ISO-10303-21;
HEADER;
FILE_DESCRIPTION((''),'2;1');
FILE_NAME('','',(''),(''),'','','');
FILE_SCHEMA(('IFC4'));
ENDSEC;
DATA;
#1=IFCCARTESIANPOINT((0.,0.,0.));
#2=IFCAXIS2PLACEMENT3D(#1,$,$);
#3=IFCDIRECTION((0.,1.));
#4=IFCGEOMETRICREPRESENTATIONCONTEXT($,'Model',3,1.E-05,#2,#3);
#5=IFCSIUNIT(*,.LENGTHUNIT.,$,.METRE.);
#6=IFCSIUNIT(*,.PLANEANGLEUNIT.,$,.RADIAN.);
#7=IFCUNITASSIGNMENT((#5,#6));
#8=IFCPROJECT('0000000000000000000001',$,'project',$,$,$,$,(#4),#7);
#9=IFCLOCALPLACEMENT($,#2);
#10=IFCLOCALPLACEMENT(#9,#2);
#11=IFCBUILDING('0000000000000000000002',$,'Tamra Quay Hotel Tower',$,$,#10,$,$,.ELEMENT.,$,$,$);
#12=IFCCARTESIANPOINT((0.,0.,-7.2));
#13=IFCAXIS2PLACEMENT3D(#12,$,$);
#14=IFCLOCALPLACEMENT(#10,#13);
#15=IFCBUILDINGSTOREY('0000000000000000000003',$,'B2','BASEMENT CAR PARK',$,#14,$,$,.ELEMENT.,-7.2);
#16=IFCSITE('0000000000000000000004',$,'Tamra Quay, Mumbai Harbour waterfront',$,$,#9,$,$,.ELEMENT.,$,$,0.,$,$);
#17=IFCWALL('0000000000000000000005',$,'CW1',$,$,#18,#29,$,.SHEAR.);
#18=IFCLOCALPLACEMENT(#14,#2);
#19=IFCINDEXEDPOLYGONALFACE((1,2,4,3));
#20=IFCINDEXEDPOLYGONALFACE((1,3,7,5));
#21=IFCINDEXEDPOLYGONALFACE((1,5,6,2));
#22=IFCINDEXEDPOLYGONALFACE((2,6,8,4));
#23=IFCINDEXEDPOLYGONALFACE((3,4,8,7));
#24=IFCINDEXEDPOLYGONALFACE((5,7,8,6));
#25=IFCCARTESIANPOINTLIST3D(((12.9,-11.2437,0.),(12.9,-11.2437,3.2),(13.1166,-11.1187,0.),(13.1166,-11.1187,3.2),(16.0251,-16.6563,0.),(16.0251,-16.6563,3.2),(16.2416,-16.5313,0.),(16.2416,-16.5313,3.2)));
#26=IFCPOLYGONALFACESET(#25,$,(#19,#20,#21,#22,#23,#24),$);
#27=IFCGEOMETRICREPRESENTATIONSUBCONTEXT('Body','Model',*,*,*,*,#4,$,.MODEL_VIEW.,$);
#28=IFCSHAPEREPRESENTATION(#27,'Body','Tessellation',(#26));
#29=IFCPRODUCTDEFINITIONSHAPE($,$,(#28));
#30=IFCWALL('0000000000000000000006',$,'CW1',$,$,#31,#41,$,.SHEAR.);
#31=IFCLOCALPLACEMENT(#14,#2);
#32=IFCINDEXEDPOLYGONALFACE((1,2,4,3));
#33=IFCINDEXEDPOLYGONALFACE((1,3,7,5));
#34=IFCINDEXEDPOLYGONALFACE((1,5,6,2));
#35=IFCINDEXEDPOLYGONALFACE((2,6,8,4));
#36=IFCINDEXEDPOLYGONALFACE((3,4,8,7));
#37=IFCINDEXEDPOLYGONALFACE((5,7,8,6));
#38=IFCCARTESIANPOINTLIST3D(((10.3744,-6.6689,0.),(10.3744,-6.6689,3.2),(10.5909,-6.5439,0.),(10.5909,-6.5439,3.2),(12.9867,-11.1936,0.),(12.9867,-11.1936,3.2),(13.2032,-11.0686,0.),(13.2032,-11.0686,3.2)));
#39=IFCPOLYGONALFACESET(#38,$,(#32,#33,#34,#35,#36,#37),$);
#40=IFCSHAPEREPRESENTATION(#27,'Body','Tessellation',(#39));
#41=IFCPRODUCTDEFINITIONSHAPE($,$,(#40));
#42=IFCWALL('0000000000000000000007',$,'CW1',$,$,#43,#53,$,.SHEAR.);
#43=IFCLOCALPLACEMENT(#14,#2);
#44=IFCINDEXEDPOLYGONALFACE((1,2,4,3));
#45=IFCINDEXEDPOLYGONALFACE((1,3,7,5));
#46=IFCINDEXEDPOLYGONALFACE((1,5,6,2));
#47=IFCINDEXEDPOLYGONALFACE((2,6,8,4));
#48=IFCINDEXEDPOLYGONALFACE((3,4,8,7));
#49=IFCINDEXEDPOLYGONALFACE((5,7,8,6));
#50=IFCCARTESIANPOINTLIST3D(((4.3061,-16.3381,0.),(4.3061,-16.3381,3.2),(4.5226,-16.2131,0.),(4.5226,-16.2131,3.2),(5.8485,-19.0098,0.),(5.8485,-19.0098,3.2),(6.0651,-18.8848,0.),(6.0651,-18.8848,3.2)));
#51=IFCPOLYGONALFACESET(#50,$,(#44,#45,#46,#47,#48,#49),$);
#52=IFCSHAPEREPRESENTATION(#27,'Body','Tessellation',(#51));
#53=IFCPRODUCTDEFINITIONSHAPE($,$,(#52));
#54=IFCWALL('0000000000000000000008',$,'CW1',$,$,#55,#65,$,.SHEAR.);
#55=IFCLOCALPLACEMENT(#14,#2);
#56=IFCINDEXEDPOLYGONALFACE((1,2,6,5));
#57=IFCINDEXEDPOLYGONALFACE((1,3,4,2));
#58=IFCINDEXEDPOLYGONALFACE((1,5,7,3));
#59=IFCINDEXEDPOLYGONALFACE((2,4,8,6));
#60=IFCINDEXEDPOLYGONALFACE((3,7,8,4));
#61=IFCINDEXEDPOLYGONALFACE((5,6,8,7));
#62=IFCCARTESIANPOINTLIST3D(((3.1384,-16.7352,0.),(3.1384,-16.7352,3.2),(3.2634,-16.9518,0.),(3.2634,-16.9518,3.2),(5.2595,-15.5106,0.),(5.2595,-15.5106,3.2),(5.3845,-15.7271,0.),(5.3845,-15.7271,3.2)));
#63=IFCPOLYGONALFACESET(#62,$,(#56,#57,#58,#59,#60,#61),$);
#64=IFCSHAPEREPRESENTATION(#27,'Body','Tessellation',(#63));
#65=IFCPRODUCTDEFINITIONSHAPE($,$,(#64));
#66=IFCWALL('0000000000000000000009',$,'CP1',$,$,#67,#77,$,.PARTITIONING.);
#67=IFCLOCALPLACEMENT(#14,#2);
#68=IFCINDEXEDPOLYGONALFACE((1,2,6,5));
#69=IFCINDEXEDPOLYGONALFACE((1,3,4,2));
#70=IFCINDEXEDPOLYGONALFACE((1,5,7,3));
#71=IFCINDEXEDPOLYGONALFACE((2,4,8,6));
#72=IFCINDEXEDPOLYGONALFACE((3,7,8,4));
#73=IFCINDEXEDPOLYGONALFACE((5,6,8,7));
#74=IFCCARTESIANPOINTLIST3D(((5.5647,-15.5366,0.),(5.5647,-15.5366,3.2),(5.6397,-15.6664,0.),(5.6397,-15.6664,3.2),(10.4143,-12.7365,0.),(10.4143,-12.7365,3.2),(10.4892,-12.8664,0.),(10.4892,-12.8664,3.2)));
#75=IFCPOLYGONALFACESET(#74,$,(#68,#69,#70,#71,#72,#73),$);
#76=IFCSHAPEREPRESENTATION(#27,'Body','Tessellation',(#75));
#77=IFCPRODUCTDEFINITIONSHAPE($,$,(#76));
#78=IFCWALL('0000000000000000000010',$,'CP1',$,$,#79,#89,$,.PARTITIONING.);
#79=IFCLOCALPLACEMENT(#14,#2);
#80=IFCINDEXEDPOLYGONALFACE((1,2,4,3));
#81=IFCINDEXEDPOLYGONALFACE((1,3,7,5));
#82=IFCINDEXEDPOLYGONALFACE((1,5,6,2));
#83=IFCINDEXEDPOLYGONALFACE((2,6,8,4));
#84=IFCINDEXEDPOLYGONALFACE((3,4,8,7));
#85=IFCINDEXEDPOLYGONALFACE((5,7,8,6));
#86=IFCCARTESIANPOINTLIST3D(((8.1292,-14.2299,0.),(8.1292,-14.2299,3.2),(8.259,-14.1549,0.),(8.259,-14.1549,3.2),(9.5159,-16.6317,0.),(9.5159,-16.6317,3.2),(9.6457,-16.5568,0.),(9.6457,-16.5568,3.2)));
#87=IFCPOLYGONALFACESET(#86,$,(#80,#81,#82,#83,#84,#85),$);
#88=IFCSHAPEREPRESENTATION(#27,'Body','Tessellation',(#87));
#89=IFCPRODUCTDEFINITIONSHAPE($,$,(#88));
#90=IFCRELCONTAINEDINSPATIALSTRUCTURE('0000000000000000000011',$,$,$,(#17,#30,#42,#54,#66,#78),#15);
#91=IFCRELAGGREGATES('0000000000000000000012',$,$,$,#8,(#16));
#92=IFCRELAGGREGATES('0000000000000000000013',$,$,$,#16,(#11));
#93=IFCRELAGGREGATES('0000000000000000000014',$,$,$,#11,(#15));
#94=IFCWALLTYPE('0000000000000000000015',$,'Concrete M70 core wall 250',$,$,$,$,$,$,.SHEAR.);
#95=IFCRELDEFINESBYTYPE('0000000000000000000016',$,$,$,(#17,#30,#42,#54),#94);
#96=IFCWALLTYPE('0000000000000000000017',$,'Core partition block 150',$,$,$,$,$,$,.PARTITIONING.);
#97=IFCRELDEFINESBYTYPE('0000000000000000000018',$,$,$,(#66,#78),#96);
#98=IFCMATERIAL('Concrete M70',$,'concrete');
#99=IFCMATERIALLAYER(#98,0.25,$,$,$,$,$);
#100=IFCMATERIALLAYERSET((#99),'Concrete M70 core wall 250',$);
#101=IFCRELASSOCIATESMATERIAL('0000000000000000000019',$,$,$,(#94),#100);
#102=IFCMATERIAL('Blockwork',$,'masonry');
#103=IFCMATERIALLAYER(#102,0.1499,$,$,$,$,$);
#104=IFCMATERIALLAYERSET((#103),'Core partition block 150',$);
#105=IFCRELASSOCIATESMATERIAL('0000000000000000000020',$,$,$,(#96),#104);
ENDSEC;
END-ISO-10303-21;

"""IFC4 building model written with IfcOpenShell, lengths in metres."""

from ifc_helpers import new_model, si_unit, direction, frame, frame_2d, origin, place, context, subcontext, project, spatial, rectangle, extrude, material, layer, layer_set, type_object, element, save


model = new_model("IFC4")

# Units and contexts
model_context = context("Model", 3, precision=1e-05, world=origin(), true_north=direction((0.0, 1.0)))
body_context = subcontext(model_context, "Body", "Model", "MODEL_VIEW")
ifc_project = project(units=[si_unit("LENGTHUNIT", "METRE"), si_unit("PLANEANGLEUNIT", "RADIAN")], contexts=[model_context])

# Site, building, storey
site_placement = place(None, origin())
site = spatial("IfcSite", under=ifc_project, at=site_placement, Name="Tamra Quay, Mumbai Harbour waterfront", CompositionType="ELEMENT", RefElevation=0.0)
building_placement = place(site_placement, origin())
building = spatial("IfcBuilding", under=site, at=building_placement, Name="Tamra Quay Hotel Tower", CompositionType="ELEMENT")
storey_placement = place(building_placement, frame((0.0, 0.0, -7.2)))
storey = spatial("IfcBuildingStorey", under=building, at=storey_placement, Name="B2", Description="BASEMENT CAR PARK", CompositionType="ELEMENT", Elevation=-7.2)

# Shared definitions
ifc_material_1 = material(Name="Concrete M70", Category="concrete")

# Shared definitions
ifc_layer_1 = layer(ifc_material_1, 0.25)
ifc_layer_set_1 = layer_set([ifc_layer_1], Name="Concrete M70 core wall 250")
wall_type_1 = type_object("IfcWallType", Name="Concrete M70 core wall 250", PredefinedType="SHEAR", material=ifc_layer_set_1)

# Walls
wall_1_placement = place(storey_placement, frame((13.0083, -11.1812, 0.0), z_axis=(0.0, 0.0, 1.0), x_axis=(0.500004, -0.866023, 0.0)))
element("IfcWall", 1, at=wall_1_placement, inside=storey, type_object=wall_type_1, Name="CW1", PredefinedType="SHEAR", context=body_context, shape_type="SweptSolid", body=[
    extrude(rectangle(XDim=6.25, YDim=0.25, at=frame_2d((3.125, 0.0))), origin(), (0.0, 0.0, 1.0), 3.2),
])
wall_2_placement = place(storey_placement, frame((10.4827, -6.6064, 0.0), z_axis=(0.0, 0.0, 1.0), x_axis=(0.499999, -0.866026, 0.0)))
element("IfcWall", 2, at=wall_2_placement, inside=storey, type_object=wall_type_1, Name="CW1", PredefinedType="SHEAR", context=body_context, shape_type="SweptSolid", body=[
    extrude(rectangle(XDim=5.2246, YDim=0.25, at=frame_2d((2.6123, 0.0))), origin(), (0.0, 0.0, 1.0), 3.2),
])
wall_3_placement = place(storey_placement, frame((4.4143, -16.2756, 0.0), z_axis=(0.0, 0.0, 1.0), x_axis=(0.500003, -0.866023, 0.0)))
element("IfcWall", 3, at=wall_3_placement, inside=storey, type_object=wall_type_1, Name="CW1", PredefinedType="SHEAR", context=body_context, shape_type="SweptSolid", body=[
    extrude(rectangle(XDim=3.085, YDim=0.25, at=frame_2d((1.5425, 0.0))), origin(), (0.0, 0.0, 1.0), 3.2),
])
wall_4_placement = place(storey_placement, frame((5.322, -15.6189, 0.0), z_axis=(0.0, 0.0, 1.0), x_axis=(-0.866026, -0.499999, 0.0)))
element("IfcWall", 4, at=wall_4_placement, inside=storey, type_object=wall_type_1, Name="CW1", PredefinedType="SHEAR", context=body_context, shape_type="SweptSolid", body=[
    extrude(rectangle(XDim=2.4492, YDim=0.25, at=frame_2d((1.2246, 0.0))), origin(), (0.0, 0.0, 1.0), 3.2),
])
ifc_material_2 = material(Name="Blockwork", Category="masonry")
ifc_layer_2 = layer(ifc_material_2, 0.1499)
ifc_layer_set_2 = layer_set([ifc_layer_2], Name="Core partition block 150")
wall_type_2 = type_object("IfcWallType", Name="Core partition block 150", PredefinedType="PARTITIONING", material=ifc_layer_set_2)
wall_5_placement = place(storey_placement, frame((10.4517, -12.8015, 0.0), z_axis=(0.0, 0.0, 1.0), x_axis=(-0.866016, -0.500017, 0.0)))
element("IfcWall", 5, at=wall_5_placement, inside=storey, type_object=wall_type_2, Name="CP1", PredefinedType="PARTITIONING", context=body_context, shape_type="SweptSolid", body=[
    extrude(rectangle(XDim=5.5999, YDim=0.1499, at=frame_2d((2.7998, 0.0))), origin(), (0.0, 0.0, 1.0), 3.2),
])
wall_6_placement = place(storey_placement, frame((8.1941, -14.1924, 0.0), z_axis=(0.0, 0.0, 1.0), x_axis=(0.500002, -0.866024, 0.0)))
element("IfcWall", 6, at=wall_6_placement, inside=storey, type_object=wall_type_2, Name="CP1", PredefinedType="PARTITIONING", context=body_context, shape_type="SweptSolid", body=[
    extrude(rectangle(XDim=2.7734, YDim=0.1499, at=frame_2d((1.3867, 0.0))), origin(), (0.0, 0.0, 1.0), 3.2),
])

save(model, "model.ifc")
